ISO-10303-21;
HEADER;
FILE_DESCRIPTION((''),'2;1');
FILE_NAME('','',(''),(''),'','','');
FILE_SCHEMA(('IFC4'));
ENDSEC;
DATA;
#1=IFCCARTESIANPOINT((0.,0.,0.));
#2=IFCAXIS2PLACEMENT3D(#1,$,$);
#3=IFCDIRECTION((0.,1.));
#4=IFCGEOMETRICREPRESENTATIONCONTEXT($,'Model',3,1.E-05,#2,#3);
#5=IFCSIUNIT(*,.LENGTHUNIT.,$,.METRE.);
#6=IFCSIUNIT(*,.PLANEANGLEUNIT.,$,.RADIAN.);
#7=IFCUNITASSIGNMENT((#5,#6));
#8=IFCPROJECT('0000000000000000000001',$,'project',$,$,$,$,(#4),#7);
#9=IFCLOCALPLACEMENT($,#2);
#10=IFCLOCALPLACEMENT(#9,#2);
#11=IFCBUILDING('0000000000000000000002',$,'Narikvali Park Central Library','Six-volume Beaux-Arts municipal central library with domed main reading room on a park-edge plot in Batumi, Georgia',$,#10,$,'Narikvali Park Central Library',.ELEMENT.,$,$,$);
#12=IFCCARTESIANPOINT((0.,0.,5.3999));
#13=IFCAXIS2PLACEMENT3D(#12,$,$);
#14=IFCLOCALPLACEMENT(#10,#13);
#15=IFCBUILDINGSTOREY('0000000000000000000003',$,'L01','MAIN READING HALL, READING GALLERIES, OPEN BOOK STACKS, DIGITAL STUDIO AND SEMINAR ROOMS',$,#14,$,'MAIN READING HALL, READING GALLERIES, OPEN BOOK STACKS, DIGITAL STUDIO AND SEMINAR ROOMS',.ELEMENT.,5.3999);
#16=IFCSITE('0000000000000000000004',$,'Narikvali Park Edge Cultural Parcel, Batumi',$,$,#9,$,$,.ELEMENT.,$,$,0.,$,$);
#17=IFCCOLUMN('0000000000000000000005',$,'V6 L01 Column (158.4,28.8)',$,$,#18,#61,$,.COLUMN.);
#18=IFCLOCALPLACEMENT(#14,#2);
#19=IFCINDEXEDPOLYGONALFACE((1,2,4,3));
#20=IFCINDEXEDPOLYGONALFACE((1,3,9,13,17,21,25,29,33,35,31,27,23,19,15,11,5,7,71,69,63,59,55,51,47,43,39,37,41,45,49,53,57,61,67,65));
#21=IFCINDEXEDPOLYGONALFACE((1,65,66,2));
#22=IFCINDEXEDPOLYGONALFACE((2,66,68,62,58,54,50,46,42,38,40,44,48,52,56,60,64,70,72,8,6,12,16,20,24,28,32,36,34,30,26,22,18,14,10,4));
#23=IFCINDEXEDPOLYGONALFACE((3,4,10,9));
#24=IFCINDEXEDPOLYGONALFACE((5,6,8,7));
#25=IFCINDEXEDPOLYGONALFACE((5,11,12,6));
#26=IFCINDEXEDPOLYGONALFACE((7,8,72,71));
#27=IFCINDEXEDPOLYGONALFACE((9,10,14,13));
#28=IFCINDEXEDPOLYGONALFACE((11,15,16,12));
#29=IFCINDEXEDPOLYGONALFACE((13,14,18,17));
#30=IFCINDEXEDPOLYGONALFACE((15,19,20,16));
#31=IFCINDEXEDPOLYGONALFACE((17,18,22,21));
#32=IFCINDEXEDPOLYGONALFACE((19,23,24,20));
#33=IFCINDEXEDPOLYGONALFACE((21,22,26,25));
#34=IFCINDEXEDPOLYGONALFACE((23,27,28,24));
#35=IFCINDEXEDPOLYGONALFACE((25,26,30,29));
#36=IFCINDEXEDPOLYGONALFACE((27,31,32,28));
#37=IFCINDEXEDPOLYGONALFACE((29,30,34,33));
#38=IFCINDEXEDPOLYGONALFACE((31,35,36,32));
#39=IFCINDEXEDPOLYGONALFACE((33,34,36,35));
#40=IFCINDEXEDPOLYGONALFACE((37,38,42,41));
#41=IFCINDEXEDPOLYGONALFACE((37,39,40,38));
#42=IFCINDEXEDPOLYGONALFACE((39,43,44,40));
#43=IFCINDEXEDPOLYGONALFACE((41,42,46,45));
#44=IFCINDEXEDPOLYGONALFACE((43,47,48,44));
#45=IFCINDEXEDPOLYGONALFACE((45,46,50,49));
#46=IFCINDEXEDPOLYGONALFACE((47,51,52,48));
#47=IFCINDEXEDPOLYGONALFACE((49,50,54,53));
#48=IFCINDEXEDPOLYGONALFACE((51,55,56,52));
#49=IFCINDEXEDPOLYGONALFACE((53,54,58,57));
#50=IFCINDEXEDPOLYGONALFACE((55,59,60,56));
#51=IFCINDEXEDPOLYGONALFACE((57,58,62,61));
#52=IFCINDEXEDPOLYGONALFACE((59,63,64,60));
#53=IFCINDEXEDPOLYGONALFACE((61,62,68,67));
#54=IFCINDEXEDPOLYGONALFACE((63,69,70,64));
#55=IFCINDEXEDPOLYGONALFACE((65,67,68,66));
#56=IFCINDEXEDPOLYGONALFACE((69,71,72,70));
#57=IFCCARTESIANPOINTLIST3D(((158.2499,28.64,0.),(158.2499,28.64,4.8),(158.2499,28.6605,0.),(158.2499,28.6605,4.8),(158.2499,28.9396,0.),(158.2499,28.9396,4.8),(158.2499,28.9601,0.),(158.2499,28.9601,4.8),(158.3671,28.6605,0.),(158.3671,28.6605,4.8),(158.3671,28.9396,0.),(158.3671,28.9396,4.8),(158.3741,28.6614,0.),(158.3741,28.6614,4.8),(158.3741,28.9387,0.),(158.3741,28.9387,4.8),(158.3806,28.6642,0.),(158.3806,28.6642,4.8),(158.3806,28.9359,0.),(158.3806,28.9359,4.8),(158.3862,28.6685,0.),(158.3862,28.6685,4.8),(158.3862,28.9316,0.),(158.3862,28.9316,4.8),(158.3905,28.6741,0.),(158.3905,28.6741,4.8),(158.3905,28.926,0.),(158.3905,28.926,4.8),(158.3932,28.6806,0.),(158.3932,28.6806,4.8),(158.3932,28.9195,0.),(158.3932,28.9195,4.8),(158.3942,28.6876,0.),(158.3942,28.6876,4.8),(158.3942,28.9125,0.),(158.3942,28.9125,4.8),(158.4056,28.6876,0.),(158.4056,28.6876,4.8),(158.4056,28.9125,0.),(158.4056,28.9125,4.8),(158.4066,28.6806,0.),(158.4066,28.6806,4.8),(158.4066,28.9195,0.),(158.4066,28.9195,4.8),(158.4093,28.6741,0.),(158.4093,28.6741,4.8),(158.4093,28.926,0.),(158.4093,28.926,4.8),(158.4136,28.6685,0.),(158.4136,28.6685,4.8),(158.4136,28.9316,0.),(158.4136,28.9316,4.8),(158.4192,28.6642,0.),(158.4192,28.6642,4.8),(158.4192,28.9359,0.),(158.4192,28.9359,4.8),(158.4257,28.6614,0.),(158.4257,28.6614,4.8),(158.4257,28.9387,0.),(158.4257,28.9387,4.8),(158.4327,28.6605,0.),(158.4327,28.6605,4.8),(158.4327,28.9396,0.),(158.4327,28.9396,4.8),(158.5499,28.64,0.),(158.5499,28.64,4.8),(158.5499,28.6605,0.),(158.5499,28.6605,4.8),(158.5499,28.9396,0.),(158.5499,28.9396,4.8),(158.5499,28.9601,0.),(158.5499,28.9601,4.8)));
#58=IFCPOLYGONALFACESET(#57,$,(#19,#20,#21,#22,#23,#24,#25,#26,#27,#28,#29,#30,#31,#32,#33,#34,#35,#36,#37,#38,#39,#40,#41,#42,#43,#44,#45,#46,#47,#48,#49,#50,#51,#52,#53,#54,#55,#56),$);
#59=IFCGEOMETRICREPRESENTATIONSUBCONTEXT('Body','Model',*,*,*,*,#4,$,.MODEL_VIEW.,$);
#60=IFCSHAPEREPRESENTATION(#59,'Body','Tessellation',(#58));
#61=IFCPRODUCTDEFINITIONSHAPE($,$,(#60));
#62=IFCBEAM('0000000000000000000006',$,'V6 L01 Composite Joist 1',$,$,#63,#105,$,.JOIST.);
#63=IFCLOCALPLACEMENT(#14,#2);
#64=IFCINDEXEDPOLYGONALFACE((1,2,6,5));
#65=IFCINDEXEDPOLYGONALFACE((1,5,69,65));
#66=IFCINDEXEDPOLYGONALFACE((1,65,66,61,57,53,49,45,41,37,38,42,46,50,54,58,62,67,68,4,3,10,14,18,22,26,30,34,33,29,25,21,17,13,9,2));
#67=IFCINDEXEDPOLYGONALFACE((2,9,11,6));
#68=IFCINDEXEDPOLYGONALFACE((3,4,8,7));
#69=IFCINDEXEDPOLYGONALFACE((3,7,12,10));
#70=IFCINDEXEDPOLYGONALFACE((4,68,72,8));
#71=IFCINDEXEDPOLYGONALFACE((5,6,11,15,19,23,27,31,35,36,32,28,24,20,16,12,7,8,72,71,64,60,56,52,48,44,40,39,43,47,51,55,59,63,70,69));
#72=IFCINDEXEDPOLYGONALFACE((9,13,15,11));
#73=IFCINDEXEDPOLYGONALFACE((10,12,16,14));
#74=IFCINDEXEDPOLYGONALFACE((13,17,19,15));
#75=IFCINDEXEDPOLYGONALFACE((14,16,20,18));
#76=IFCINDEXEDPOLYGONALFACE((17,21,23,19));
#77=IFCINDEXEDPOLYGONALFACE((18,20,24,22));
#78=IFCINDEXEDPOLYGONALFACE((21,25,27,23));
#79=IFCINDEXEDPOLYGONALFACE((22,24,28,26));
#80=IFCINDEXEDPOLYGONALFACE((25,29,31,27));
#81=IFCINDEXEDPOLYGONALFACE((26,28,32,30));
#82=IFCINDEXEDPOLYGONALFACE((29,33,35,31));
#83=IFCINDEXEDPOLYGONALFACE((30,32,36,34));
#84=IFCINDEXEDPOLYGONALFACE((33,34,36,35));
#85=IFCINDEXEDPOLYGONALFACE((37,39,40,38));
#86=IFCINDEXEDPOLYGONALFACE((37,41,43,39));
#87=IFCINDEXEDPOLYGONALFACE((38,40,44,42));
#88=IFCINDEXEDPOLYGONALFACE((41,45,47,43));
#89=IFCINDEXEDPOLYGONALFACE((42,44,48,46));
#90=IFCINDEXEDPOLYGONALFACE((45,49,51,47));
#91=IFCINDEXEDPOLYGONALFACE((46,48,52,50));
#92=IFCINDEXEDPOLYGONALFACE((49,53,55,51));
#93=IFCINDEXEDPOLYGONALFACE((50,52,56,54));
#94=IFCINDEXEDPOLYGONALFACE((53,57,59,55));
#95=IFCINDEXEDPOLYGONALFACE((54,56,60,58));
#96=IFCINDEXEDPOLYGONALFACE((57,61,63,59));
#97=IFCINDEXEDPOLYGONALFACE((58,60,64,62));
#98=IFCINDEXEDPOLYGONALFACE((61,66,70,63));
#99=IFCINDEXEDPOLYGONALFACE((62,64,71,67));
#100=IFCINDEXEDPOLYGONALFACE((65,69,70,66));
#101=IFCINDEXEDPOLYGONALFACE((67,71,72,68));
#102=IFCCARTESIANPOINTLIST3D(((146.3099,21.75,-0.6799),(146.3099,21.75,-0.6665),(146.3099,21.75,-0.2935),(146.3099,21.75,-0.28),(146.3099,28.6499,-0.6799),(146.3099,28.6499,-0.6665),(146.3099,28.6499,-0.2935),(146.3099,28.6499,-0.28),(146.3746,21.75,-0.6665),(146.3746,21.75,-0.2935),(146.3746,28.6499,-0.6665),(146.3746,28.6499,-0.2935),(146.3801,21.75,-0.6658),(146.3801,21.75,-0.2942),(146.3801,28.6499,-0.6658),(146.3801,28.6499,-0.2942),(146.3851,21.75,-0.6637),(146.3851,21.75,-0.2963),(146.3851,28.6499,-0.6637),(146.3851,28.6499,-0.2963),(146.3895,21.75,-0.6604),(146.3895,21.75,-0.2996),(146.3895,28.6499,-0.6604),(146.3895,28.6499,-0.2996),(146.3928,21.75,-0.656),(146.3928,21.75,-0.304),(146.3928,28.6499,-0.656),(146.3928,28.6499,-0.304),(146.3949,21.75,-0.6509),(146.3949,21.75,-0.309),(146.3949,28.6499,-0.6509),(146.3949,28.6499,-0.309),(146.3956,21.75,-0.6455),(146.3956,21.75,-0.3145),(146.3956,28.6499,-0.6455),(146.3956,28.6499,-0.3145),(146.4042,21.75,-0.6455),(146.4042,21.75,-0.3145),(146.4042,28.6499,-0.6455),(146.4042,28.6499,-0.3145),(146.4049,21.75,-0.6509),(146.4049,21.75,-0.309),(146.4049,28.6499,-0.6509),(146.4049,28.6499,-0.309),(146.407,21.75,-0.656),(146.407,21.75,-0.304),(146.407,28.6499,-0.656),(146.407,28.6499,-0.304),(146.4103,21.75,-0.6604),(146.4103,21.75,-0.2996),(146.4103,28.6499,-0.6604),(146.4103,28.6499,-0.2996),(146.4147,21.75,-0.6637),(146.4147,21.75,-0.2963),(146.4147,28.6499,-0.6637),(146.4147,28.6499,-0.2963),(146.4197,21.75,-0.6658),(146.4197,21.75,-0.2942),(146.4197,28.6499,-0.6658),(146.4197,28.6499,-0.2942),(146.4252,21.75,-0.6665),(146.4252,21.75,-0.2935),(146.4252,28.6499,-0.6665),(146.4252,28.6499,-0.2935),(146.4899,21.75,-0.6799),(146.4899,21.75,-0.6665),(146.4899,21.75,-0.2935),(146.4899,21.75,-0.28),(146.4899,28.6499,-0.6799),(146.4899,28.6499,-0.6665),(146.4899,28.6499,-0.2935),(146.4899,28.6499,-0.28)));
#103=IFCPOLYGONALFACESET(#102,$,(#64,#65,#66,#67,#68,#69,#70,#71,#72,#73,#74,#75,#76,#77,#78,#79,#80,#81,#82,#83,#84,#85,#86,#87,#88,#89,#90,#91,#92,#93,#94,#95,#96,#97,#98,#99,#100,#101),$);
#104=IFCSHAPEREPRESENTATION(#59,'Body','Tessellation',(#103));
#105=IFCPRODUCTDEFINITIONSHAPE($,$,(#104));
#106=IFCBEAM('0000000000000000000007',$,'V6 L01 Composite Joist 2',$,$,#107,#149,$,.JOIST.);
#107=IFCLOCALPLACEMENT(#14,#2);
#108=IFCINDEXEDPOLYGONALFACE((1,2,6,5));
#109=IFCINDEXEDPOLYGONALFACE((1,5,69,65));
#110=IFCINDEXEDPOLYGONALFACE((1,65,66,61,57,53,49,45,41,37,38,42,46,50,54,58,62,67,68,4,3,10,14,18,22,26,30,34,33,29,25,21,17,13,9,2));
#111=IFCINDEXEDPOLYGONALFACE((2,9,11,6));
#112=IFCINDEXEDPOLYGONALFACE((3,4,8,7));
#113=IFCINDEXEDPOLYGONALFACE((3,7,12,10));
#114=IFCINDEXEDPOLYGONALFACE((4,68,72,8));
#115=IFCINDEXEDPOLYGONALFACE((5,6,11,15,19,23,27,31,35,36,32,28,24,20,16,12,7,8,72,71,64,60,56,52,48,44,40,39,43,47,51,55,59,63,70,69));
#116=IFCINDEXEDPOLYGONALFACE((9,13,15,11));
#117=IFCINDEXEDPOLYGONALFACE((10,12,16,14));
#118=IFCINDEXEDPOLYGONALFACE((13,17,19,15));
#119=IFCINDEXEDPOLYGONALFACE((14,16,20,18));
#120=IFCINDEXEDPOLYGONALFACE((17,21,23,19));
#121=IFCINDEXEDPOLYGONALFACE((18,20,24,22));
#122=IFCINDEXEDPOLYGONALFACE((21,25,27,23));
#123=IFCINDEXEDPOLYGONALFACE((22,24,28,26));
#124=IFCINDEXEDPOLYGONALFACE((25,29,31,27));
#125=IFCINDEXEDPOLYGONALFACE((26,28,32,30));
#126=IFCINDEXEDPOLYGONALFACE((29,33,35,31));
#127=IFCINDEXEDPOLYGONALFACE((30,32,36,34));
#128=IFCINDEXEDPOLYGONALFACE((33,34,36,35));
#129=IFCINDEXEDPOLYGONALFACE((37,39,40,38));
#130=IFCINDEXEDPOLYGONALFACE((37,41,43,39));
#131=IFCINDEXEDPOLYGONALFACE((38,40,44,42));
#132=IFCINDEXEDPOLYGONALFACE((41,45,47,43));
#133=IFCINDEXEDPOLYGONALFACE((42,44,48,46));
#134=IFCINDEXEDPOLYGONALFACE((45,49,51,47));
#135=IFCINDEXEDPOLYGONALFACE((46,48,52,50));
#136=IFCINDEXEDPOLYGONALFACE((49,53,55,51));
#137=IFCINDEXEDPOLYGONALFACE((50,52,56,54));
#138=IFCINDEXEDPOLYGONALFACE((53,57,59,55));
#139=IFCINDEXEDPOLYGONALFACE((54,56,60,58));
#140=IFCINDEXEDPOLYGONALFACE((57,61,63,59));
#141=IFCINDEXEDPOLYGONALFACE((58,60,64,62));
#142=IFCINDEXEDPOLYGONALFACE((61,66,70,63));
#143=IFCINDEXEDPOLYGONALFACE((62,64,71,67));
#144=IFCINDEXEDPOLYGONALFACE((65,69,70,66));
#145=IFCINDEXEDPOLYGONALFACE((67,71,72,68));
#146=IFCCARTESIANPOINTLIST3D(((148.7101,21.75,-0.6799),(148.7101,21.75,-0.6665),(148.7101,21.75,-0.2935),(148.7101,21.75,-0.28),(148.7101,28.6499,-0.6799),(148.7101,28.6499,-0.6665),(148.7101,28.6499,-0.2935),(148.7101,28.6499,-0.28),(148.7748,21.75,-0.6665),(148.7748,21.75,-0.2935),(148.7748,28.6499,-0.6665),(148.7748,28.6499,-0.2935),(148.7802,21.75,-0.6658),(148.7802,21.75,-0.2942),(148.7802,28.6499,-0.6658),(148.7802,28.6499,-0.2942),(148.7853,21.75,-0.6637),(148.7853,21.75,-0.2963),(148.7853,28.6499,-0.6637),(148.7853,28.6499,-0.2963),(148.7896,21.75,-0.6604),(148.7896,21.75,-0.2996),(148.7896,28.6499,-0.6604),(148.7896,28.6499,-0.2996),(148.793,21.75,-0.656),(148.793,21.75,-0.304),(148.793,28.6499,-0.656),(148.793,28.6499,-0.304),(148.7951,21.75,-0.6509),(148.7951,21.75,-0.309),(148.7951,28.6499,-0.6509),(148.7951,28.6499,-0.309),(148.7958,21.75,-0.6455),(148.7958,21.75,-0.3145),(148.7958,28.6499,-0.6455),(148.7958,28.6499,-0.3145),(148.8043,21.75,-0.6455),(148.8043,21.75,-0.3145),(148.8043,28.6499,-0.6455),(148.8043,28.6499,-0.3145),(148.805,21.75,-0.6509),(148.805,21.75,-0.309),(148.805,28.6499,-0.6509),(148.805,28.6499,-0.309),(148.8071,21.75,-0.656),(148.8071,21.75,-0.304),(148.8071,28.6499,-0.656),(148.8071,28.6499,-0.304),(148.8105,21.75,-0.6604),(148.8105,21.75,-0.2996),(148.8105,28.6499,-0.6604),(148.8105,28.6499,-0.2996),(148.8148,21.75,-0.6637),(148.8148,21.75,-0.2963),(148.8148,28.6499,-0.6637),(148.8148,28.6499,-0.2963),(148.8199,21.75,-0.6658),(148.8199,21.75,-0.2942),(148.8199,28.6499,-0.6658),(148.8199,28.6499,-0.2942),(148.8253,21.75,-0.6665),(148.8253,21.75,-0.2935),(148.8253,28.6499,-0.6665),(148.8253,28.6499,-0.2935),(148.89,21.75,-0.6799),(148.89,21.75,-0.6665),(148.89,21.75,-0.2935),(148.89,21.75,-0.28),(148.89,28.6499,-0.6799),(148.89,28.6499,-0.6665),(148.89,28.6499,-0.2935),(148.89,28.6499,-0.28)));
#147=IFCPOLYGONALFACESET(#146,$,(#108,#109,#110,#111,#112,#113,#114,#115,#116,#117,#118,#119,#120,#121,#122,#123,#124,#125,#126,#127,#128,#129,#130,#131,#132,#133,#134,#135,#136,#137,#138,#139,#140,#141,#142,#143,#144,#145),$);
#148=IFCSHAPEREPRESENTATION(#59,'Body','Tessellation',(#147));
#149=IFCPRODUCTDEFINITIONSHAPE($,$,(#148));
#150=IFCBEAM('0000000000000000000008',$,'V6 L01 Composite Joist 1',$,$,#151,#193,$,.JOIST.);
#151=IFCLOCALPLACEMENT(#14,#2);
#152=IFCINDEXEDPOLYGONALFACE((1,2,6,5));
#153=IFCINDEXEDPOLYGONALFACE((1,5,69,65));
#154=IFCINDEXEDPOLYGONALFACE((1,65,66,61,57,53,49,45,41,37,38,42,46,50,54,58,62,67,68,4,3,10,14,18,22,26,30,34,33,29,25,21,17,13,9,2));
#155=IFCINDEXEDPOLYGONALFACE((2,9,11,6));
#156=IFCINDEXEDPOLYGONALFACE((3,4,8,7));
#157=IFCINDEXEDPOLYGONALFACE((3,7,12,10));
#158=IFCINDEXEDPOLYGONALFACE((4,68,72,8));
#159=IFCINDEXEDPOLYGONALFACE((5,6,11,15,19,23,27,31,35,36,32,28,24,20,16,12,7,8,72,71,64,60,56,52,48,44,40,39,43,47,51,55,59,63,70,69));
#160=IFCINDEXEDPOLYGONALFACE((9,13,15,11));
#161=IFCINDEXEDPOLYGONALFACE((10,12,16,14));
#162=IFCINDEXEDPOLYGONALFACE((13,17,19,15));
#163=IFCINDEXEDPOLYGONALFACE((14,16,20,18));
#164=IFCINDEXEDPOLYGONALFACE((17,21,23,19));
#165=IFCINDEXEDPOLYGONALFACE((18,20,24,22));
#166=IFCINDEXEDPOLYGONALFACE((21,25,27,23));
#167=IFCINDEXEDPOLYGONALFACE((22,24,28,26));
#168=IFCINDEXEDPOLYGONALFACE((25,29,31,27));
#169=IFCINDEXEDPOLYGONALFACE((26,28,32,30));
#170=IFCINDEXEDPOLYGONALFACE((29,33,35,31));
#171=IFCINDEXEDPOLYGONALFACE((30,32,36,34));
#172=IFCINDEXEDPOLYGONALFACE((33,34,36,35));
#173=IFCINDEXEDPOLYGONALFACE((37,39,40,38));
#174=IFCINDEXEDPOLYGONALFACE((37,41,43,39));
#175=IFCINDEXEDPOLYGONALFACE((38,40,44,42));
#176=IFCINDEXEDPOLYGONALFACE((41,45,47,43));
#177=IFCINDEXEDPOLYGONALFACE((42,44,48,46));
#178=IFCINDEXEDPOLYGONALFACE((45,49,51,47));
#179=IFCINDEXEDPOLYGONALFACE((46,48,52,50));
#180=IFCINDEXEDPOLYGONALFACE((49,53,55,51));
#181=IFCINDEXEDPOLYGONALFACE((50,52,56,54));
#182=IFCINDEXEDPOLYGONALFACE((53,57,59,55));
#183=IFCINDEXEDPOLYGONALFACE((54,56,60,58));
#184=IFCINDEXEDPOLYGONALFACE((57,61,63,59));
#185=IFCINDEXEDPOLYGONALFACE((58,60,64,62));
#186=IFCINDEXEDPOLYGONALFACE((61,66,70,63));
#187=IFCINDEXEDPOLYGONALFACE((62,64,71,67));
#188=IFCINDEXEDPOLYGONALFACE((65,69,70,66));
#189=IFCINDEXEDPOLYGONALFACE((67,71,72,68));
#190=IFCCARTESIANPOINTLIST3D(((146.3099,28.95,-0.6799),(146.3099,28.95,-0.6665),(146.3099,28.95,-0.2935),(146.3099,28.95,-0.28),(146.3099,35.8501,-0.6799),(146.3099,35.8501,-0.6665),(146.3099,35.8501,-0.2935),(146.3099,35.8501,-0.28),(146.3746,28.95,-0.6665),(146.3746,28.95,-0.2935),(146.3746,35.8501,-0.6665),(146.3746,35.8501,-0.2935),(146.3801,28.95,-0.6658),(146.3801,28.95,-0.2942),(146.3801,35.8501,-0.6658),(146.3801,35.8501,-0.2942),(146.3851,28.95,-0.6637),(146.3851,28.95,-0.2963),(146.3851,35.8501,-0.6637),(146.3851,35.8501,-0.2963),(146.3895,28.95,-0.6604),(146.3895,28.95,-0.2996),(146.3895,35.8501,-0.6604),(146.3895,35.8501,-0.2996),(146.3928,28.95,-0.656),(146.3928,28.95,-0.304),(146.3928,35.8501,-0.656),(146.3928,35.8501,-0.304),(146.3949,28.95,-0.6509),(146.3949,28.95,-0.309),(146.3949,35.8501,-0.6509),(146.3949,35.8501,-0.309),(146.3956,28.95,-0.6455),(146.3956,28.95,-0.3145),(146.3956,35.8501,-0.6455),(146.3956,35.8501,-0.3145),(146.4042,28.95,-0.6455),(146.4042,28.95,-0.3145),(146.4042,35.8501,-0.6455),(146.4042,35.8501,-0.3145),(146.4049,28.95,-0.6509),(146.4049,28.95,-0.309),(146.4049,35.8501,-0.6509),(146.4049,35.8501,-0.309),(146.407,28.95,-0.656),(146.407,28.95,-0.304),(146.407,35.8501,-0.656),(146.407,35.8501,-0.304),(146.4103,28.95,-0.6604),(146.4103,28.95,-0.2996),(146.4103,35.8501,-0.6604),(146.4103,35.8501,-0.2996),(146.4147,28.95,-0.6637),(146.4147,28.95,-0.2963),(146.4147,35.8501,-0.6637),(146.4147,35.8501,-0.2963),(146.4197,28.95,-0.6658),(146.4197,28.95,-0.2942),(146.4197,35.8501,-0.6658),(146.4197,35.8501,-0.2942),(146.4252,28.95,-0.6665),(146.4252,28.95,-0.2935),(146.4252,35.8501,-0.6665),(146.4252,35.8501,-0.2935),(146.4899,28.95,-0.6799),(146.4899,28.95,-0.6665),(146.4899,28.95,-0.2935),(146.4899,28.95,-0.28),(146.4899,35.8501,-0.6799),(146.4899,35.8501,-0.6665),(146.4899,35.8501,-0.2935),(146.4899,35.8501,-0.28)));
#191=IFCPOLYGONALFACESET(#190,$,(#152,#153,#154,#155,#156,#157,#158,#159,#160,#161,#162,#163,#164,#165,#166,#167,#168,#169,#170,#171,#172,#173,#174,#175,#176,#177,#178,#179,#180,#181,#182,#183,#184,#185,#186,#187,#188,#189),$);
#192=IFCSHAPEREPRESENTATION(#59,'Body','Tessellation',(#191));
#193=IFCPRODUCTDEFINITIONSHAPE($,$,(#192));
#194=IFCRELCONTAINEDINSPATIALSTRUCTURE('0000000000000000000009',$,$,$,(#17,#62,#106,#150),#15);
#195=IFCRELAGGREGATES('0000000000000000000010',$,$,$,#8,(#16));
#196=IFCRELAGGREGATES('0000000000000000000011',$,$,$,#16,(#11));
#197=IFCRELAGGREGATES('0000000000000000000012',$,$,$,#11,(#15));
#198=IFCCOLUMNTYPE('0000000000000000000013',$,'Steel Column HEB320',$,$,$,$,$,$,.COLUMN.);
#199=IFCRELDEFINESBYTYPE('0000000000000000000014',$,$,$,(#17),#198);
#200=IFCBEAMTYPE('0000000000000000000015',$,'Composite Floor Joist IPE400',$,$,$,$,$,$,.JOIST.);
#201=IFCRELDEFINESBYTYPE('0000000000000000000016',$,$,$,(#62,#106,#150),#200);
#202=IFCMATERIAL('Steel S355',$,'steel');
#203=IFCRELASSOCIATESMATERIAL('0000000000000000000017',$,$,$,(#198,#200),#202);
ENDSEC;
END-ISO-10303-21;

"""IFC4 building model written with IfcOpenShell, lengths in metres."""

from ifc_helpers import new_model, si_unit, direction, frame, origin, origin_2d, place, context, subcontext, project, spatial, i_section, extrude, material, material_profile, profile_set, type_object, element, save


model = new_model("IFC4")

# Units and contexts
model_context = context("Model", 3, precision=1e-05, world=origin(), true_north=direction((0.0, 1.0)))
body_context = subcontext(model_context, "Body", "Model", "MODEL_VIEW")
ifc_project = project(units=[si_unit("LENGTHUNIT", "METRE"), si_unit("PLANEANGLEUNIT", "RADIAN")], contexts=[model_context])

# Site, building, storey
site_placement = place(None, origin())
site = spatial("IfcSite", under=ifc_project, at=site_placement, Name="Narikvali Park Edge Cultural Parcel, Batumi", CompositionType="ELEMENT", RefElevation=0.0)
building_placement = place(site_placement, origin())
building = spatial("IfcBuilding", under=site, at=building_placement, Name="Narikvali Park Central Library", Description="Six-volume Beaux-Arts municipal central library with domed main reading room on a park-edge plot in Batumi, Georgia", LongName="Narikvali Park Central Library", CompositionType="ELEMENT")
storey_placement = place(building_placement, frame((0.0, 0.0, 5.3999)))
storey = spatial("IfcBuildingStorey", under=building, at=storey_placement, Name="L01", Description="MAIN READING HALL, READING GALLERIES, OPEN BOOK STACKS, DIGITAL STUDIO AND SEMINAR ROOMS", LongName="MAIN READING HALL, READING GALLERIES, OPEN BOOK STACKS, DIGITAL STUDIO AND SEMINAR ROOMS", CompositionType="ELEMENT", Elevation=5.3999)

# Column
ifc_material_1 = material(Name="Steel S355", Category="steel")
ifc_material_profile_1 = material_profile(ifc_material_1, i_section(OverallWidth=0.3, OverallDepth=0.3201, WebThickness=0.0115, FlangeThickness=0.0205, FilletRadius=0.0271, at=origin_2d()), Name="HEB 320")
ifc_profile_set_1 = profile_set([ifc_material_profile_1], Name="Steel S355")
column_type = type_object("IfcColumnType", Name="Steel Column HEB320", PredefinedType="COLUMN", material=ifc_profile_set_1)
for number, where, z_axis, x_axis, name in (
    (1, (158.3999, 28.8, 0.0), (0.0, 0.0, 1.0), (1.0, 0.0, 0.0), "V6 L01 Column (158.4,28.8)"),
):
    element("IfcColumn", number, at=place(storey_placement, frame(where, z_axis=z_axis, x_axis=x_axis)), inside=storey, type_object=column_type, Name=name, PredefinedType="COLUMN", context=body_context, shape_type="SweptSolid", body=[
        extrude(i_section(OverallWidth=0.3, OverallDepth=0.3201, WebThickness=0.0115, FlangeThickness=0.0205, FilletRadius=0.0271, at=origin_2d()), origin(), (0.0, 0.0, 1.0), 4.8),
    ])

# Beams
ifc_material_profile_2 = material_profile(ifc_material_1, i_section(OverallWidth=0.1799, OverallDepth=0.3999, WebThickness=0.0085, FlangeThickness=0.0134, FilletRadius=0.021, at=origin_2d()), Name="IPE 400")
ifc_profile_set_2 = profile_set([ifc_material_profile_2], Name="Steel S355")
beam_type_1 = type_object("IfcBeamType", Name="Composite Floor Joist IPE400", PredefinedType="JOIST", material=ifc_profile_set_2)
for number, where, z_axis, x_axis, name in (
    (2, (146.3999, 21.75, -0.48), (0.0, 1.0, 0.0), (-1.0, 0.0, 0.0), "V6 L01 Composite Joist 1"),
    (3, (148.8, 21.75, -0.48), (0.0, 1.0, 0.0), (-1.0, 0.0, 0.0), "V6 L01 Composite Joist 2"),
):
    element("IfcBeam", number, at=place(storey_placement, frame(where, z_axis=z_axis, x_axis=x_axis)), inside=storey, type_object=beam_type_1, Name=name, PredefinedType="JOIST", context=body_context, shape_type="SweptSolid", body=[
        extrude(i_section(OverallWidth=0.1799, OverallDepth=0.3999, WebThickness=0.0085, FlangeThickness=0.0134, FilletRadius=0.021, at=origin_2d()), origin(), (0.0, 0.0, 1.0), 6.8999),
    ])
for number, where, z_axis, x_axis, name in (
    (4, (146.3999, 28.95, -0.48), (0.0, 1.0, 0.0), (-1.0, 0.0, 0.0), "V6 L01 Composite Joist 1"),
):
    element("IfcBeam", number, at=place(storey_placement, frame(where, z_axis=z_axis, x_axis=x_axis)), inside=storey, type_object=beam_type_1, Name=name, PredefinedType="JOIST", context=body_context, shape_type="SweptSolid", body=[
        extrude(i_section(OverallWidth=0.1799, OverallDepth=0.3999, WebThickness=0.0085, FlangeThickness=0.0134, FilletRadius=0.021, at=origin_2d()), origin(), (0.0, 0.0, 1.0), 6.9001),
    ])

save(model, "model.ifc")
